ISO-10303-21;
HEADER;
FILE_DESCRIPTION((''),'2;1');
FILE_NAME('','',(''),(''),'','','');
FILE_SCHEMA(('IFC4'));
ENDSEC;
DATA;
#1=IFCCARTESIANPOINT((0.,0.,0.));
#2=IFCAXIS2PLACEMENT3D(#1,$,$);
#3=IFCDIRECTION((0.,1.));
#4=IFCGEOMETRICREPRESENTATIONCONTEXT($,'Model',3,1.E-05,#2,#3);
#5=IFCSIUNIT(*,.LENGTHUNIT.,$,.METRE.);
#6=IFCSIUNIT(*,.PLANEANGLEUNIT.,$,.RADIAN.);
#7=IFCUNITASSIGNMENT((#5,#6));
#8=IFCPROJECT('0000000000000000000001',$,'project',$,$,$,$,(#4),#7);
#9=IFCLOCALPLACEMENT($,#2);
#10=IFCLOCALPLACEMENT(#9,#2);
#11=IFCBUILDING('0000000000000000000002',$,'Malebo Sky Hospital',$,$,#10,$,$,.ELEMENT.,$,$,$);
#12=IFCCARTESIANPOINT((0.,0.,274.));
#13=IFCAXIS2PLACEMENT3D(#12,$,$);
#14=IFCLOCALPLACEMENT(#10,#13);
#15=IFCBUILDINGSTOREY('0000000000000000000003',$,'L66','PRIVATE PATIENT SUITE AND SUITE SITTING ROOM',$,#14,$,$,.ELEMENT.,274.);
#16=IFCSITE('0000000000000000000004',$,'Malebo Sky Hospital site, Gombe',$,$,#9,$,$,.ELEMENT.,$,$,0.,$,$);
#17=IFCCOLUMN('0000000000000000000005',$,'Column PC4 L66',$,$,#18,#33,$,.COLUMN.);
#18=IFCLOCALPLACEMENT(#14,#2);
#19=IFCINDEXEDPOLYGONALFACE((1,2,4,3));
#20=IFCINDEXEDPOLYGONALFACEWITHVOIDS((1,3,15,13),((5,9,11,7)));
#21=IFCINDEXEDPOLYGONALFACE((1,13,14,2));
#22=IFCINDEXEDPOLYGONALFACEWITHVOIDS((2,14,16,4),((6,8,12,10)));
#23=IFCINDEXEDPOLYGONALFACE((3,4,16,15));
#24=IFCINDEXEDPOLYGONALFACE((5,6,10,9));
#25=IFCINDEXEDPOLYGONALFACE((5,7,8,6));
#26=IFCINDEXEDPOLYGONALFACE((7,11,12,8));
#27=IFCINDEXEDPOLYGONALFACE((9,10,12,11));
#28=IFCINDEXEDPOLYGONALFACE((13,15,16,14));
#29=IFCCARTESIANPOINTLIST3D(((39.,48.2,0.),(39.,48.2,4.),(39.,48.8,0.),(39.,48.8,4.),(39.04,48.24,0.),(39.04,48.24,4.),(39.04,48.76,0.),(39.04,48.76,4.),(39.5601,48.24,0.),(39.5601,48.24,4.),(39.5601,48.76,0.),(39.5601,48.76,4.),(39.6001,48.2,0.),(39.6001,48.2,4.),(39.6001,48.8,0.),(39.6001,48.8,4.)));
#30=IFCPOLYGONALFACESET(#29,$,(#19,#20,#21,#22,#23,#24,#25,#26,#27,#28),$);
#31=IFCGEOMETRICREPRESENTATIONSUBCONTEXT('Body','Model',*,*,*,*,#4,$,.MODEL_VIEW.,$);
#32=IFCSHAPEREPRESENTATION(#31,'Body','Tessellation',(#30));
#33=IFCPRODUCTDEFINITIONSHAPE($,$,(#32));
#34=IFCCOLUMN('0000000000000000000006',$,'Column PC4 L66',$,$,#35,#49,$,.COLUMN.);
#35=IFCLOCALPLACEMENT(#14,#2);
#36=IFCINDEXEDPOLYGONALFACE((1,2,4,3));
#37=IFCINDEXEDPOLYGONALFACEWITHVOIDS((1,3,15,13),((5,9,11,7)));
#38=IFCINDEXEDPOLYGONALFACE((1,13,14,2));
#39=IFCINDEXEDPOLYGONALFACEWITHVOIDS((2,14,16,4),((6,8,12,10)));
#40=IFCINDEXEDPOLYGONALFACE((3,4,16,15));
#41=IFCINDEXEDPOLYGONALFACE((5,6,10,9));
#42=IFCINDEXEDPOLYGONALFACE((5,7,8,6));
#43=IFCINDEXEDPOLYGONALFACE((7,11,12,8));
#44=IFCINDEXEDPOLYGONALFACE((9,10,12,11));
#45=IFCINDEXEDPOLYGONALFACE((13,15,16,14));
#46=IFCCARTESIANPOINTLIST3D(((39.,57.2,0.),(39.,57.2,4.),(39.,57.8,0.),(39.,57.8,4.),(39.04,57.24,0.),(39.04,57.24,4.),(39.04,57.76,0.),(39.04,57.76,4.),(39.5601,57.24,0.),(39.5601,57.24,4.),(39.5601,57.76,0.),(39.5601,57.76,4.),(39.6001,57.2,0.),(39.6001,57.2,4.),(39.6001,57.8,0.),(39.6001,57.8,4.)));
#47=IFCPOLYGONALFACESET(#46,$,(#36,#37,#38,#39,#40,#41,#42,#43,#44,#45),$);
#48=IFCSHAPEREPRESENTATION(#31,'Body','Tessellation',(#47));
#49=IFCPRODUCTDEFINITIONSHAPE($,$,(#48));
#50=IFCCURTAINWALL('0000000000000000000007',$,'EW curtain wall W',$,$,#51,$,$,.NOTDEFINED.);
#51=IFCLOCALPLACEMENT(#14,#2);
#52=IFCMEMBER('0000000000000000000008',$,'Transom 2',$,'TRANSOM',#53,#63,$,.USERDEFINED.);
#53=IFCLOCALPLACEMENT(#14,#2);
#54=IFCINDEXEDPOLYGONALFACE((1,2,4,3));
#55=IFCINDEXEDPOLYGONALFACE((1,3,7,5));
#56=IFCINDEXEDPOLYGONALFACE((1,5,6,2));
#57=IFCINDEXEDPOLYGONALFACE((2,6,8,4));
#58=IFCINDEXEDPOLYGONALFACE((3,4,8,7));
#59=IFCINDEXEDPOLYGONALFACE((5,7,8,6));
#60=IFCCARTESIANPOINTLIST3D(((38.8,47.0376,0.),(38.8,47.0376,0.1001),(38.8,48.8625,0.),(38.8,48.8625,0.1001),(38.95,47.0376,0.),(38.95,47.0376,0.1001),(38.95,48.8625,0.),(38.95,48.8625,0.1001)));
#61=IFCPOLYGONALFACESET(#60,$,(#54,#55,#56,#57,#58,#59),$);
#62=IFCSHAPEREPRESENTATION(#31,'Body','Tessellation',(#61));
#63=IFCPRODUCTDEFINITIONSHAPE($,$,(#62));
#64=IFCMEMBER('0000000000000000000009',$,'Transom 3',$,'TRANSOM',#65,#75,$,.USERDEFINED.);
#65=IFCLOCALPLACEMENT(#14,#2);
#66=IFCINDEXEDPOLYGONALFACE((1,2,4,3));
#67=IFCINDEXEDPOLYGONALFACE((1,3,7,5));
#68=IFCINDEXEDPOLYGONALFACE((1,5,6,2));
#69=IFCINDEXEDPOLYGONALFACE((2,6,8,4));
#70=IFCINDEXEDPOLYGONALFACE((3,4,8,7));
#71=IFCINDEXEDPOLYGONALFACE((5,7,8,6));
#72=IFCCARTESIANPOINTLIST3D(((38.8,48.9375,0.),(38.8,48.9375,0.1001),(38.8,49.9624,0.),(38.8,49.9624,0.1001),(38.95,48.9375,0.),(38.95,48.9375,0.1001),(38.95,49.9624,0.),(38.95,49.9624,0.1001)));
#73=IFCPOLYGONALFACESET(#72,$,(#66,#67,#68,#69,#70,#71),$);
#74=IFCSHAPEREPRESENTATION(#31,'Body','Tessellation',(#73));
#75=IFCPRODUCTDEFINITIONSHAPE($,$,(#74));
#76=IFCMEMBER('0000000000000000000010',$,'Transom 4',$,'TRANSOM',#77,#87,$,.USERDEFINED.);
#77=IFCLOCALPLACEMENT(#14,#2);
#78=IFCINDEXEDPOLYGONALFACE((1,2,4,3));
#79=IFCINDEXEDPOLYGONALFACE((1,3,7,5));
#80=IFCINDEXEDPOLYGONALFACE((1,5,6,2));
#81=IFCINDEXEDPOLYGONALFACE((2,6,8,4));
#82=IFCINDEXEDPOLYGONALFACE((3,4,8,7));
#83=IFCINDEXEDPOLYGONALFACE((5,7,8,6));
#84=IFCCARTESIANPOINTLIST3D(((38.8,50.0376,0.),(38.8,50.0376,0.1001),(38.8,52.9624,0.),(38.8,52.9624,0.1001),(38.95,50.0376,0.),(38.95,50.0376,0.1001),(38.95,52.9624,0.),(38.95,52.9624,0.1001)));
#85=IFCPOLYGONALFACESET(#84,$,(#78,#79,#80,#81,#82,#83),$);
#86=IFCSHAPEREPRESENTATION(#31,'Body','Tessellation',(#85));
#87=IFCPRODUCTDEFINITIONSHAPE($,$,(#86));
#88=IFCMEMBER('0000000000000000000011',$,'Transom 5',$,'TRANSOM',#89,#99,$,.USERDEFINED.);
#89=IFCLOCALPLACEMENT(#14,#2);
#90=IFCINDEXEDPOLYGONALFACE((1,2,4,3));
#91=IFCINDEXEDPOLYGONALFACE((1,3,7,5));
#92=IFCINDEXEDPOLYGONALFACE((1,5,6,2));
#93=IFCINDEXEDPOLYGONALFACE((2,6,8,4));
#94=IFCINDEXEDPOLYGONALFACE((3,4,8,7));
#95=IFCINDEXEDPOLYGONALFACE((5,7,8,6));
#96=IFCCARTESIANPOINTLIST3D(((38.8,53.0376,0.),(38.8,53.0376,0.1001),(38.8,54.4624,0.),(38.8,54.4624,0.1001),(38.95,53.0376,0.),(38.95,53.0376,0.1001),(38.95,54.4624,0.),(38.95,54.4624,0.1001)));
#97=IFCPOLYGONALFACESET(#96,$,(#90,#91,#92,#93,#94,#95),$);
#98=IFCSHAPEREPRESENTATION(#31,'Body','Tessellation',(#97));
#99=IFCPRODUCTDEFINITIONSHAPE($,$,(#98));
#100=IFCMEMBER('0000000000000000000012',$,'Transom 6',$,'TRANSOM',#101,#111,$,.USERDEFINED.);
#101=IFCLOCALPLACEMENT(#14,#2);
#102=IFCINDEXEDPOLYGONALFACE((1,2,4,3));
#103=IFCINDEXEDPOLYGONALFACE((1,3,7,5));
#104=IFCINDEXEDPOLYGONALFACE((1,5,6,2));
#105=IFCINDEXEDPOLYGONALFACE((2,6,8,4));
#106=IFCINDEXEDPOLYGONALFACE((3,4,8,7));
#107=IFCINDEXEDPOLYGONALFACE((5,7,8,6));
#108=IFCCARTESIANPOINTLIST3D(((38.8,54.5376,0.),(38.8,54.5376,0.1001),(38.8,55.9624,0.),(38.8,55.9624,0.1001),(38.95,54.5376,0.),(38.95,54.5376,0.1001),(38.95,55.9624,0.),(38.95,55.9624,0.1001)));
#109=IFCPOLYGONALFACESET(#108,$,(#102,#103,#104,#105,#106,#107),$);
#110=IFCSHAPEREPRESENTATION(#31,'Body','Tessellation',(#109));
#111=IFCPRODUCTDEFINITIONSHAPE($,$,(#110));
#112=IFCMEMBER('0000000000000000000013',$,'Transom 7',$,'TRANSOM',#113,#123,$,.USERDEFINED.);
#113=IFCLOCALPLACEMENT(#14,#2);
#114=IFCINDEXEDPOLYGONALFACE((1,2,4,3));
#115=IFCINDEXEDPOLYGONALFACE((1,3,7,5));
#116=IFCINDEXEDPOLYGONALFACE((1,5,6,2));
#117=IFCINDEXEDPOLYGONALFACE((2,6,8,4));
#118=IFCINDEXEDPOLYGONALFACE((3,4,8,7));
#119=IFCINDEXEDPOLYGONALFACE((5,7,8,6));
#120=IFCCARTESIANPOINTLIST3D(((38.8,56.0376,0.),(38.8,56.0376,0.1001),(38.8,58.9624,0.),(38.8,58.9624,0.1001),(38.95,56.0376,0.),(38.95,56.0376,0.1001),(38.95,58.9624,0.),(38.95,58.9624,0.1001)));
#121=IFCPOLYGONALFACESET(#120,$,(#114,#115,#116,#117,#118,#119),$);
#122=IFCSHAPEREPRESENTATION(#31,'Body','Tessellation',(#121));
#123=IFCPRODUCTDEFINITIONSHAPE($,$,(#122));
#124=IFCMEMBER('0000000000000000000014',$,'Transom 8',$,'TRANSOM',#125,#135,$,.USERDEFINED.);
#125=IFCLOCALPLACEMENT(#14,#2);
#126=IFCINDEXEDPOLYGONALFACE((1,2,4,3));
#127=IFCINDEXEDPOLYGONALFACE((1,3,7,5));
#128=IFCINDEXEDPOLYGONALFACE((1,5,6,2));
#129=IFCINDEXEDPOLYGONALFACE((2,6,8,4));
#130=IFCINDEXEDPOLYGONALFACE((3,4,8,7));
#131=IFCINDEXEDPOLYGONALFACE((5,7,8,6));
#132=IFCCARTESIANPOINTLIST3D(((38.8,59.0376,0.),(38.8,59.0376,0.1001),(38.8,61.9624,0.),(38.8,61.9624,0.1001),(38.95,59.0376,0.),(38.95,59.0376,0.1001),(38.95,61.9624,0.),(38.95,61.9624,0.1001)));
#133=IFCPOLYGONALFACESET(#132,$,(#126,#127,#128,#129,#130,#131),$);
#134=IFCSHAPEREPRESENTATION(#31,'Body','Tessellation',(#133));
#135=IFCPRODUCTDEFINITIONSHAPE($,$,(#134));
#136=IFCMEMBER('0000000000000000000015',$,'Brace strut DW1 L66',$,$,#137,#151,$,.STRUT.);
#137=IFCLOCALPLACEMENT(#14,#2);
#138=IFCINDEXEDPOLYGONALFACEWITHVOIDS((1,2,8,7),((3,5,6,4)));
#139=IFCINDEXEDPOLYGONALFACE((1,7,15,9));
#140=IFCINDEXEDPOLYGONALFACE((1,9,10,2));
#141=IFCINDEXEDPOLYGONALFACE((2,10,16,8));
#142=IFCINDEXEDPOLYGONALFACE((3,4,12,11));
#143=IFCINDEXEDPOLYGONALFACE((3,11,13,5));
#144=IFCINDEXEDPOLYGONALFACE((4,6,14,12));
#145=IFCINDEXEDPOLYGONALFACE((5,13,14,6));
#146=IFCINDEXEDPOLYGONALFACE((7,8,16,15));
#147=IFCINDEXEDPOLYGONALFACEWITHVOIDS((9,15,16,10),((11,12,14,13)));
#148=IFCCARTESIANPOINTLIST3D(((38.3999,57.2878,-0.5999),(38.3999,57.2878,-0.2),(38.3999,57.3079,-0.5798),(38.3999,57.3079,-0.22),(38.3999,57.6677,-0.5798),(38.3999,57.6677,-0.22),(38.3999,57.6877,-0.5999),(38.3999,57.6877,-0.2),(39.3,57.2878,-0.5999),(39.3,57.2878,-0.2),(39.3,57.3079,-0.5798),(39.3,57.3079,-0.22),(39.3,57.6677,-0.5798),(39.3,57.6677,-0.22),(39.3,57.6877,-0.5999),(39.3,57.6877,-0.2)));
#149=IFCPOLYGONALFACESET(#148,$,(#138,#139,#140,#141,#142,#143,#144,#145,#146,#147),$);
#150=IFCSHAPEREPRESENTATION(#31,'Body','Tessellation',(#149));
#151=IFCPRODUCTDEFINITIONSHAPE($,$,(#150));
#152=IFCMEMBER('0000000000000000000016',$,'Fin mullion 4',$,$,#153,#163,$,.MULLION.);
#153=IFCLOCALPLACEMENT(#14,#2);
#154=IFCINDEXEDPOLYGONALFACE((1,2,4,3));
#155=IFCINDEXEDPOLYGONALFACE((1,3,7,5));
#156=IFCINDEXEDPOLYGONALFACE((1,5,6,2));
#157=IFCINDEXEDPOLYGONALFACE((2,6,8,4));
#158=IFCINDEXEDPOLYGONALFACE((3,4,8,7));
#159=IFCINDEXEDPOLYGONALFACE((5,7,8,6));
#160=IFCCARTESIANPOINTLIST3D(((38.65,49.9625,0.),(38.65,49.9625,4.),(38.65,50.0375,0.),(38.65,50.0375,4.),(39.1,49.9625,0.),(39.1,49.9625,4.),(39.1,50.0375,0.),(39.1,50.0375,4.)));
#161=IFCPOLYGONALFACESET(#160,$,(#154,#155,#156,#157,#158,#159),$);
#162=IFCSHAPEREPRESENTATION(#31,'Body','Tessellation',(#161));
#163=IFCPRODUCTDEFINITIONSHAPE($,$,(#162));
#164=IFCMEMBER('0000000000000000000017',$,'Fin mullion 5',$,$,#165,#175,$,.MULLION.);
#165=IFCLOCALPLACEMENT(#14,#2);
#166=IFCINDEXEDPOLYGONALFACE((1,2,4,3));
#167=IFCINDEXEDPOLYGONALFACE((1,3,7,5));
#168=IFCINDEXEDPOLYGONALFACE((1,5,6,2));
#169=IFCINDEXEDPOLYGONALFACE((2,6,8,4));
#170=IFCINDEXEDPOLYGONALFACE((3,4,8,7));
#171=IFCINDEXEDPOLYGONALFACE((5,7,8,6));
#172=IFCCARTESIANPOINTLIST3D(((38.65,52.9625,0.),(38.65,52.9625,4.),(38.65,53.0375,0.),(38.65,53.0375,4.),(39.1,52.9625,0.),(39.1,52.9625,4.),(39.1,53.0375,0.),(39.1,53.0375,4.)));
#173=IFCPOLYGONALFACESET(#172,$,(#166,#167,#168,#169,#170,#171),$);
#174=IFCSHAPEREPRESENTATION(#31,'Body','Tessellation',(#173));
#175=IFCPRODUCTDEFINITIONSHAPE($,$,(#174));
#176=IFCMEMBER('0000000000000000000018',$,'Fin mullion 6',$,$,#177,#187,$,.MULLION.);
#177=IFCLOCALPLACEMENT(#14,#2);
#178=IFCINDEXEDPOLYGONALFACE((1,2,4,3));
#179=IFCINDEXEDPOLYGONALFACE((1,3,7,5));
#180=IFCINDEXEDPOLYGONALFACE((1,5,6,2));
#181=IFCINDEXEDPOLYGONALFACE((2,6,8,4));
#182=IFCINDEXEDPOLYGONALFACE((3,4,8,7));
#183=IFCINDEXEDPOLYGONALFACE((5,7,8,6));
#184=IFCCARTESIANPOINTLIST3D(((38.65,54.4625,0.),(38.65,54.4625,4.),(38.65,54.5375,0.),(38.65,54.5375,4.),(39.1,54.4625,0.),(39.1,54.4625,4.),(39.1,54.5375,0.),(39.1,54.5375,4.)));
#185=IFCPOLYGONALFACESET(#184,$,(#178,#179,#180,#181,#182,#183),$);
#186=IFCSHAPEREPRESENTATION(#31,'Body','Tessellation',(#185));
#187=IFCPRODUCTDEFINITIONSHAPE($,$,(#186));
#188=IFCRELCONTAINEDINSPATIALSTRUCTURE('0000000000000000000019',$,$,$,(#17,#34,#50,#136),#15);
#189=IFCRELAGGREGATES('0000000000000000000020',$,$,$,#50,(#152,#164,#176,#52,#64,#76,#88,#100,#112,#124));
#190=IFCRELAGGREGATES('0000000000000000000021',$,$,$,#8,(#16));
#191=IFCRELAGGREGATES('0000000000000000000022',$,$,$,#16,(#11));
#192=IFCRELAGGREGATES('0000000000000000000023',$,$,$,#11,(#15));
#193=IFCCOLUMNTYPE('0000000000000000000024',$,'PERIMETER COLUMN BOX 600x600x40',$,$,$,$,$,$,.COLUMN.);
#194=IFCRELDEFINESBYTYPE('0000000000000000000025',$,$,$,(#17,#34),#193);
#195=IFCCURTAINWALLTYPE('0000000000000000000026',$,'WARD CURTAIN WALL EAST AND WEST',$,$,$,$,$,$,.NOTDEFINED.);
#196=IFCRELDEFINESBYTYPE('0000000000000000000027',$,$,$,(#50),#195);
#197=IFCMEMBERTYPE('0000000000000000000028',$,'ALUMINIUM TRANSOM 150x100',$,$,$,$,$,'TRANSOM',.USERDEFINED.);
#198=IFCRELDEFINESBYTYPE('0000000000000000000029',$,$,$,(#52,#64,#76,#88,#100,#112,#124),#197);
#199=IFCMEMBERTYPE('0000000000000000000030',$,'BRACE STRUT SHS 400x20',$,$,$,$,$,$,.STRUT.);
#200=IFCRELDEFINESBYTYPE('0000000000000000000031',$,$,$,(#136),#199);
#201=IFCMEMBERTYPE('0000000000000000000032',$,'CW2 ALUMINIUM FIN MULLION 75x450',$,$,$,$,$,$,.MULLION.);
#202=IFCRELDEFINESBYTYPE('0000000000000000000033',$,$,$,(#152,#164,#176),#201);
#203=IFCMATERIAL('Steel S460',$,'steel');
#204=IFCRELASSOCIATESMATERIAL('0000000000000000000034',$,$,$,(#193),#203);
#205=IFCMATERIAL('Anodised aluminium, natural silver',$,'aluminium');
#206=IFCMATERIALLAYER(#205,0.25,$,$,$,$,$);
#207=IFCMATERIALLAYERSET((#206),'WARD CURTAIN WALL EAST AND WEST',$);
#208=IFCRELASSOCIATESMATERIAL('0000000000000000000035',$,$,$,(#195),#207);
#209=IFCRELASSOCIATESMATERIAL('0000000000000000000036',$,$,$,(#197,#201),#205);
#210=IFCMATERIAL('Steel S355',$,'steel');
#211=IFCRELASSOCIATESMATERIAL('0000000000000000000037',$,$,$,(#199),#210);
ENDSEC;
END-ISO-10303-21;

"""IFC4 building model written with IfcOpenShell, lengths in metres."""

from ifc_helpers import new_model, si_unit, direction, frame, origin, origin_2d, place, context, subcontext, project, spatial, rectangle, hollow_rectangle, extrude, material, layer, layer_set, material_profile, profile_set, type_object, element, aggregate, save


model = new_model("IFC4")

# Units and contexts
model_context = context("Model", 3, precision=1e-05, world=origin(), true_north=direction((0.0, 1.0)))
body_context = subcontext(model_context, "Body", "Model", "MODEL_VIEW")
ifc_project = project(units=[si_unit("LENGTHUNIT", "METRE"), si_unit("PLANEANGLEUNIT", "RADIAN")], contexts=[model_context])

# Site, building, storey
site_placement = place(None, origin())
site = spatial("IfcSite", under=ifc_project, at=site_placement, Name="Malebo Sky Hospital site, Gombe", CompositionType="ELEMENT", RefElevation=0.0)
building_placement = place(site_placement, origin())
building = spatial("IfcBuilding", under=site, at=building_placement, Name="Malebo Sky Hospital", CompositionType="ELEMENT")
storey_placement = place(building_placement, frame((0.0, 0.0, 274.0)))
storey = spatial("IfcBuildingStorey", under=building, at=storey_placement, Name="L66", Description="PRIVATE PATIENT SUITE AND SUITE SITTING ROOM", CompositionType="ELEMENT", Elevation=274.0)

# Columns
ifc_material_1 = material(Name="Steel S460", Category="steel")
ifc_material_profile_1 = material_profile(ifc_material_1, hollow_rectangle(XDim=0.6001, YDim=0.6001, WallThickness=0.04, at=origin_2d()), Name="BOX 600x600x40")
ifc_profile_set_1 = profile_set([ifc_material_profile_1], Name="Steel S460")
column_type = type_object("IfcColumnType", Name="PERIMETER COLUMN BOX 600x600x40", PredefinedType="COLUMN", material=ifc_profile_set_1)
for number, where, z_axis, x_axis, name in (
    (1, (39.3, 48.5, 0.0), (0.0, 0.0, 1.0), (1.0, 0.0, 0.0), "Column PC4 L66"),
    (2, (39.3, 57.5, 0.0), (0.0, 0.0, 1.0), (1.0, 0.0, 0.0), "Column PC4 L66"),
):
    element("IfcColumn", number, at=place(storey_placement, frame(where, z_axis=z_axis, x_axis=x_axis)), inside=storey, type_object=column_type, Name=name, PredefinedType="COLUMN", context=body_context, shape_type="SweptSolid", body=[
        extrude(hollow_rectangle(XDim=0.6001, YDim=0.6001, WallThickness=0.04, at=origin_2d()), origin(), (0.0, 0.0, 1.0), 4.0),
    ])

# Curtain wall, members
ifc_material_2 = material(Name="Anodised aluminium, natural silver", Category="aluminium")
ifc_layer_1 = layer(ifc_material_2, 0.25)
ifc_layer_set_1 = layer_set([ifc_layer_1], Name="WARD CURTAIN WALL EAST AND WEST")
curtain_wall_type = type_object("IfcCurtainWallType", Name="WARD CURTAIN WALL EAST AND WEST", PredefinedType="NOTDEFINED", material=ifc_layer_set_1)
curtain_wall_placement = place(storey_placement, origin())
curtain_wall = element("IfcCurtainWall", 3, at=curtain_wall_placement, inside=storey, type_object=curtain_wall_type, Name="EW curtain wall W", PredefinedType="NOTDEFINED")
ifc_material_profile_2 = material_profile(ifc_material_2, rectangle(XDim=0.1499, YDim=0.1001, at=origin_2d()), Name="ALUMINIUM TRANSOM 150x100")
ifc_profile_set_2 = profile_set([ifc_material_profile_2], Name="Anodised aluminium, natural silver")
member_type_1 = type_object("IfcMemberType", Name="ALUMINIUM TRANSOM 150x100", ElementType="TRANSOM", PredefinedType="USERDEFINED", material=ifc_profile_set_2)
member_1_placement = place(storey_placement, frame((38.875, 47.0376, 0.05), z_axis=(0.0, 1.0, 0.0), x_axis=(-1.0, 0.0, 0.0)))
member_1 = element("IfcMember", 4, at=member_1_placement, type_object=member_type_1, Name="Transom 2", ObjectType="TRANSOM", PredefinedType="USERDEFINED", context=body_context, shape_type="SweptSolid", body=[
    extrude(rectangle(XDim=0.1499, YDim=0.1001, at=origin_2d()), origin(), (0.0, 0.0, 1.0), 1.825),
])
member_2_placement = place(storey_placement, frame((38.875, 48.9375, 0.05), z_axis=(0.0, 1.0, 0.0), x_axis=(-1.0, 0.0, 0.0)))
member_2 = element("IfcMember", 5, at=member_2_placement, type_object=member_type_1, Name="Transom 3", ObjectType="TRANSOM", PredefinedType="USERDEFINED", context=body_context, shape_type="SweptSolid", body=[
    extrude(rectangle(XDim=0.1499, YDim=0.1001, at=origin_2d()), origin(), (0.0, 0.0, 1.0), 1.0249),
])
member_3_placement = place(storey_placement, frame((38.875, 50.0376, 0.05), z_axis=(0.0, 1.0, 0.0), x_axis=(-1.0, 0.0, 0.0)))
member_3 = element("IfcMember", 6, at=member_3_placement, type_object=member_type_1, Name="Transom 4", ObjectType="TRANSOM", PredefinedType="USERDEFINED", context=body_context, shape_type="SweptSolid", body=[
    extrude(rectangle(XDim=0.1499, YDim=0.1001, at=origin_2d()), origin(), (0.0, 0.0, 1.0), 2.9248),
])
member_4_placement = place(storey_placement, frame((38.875, 53.0376, 0.05), z_axis=(0.0, 1.0, 0.0), x_axis=(-1.0, 0.0, 0.0)))
member_4 = element("IfcMember", 7, at=member_4_placement, type_object=member_type_1, Name="Transom 5", ObjectType="TRANSOM", PredefinedType="USERDEFINED", context=body_context, shape_type="SweptSolid", body=[
    extrude(rectangle(XDim=0.1499, YDim=0.1001, at=origin_2d()), origin(), (0.0, 0.0, 1.0), 1.4248),
])
member_5_placement = place(storey_placement, frame((38.875, 54.5376, 0.05), z_axis=(0.0, 1.0, 0.0), x_axis=(-1.0, 0.0, 0.0)))
member_5 = element("IfcMember", 8, at=member_5_placement, type_object=member_type_1, Name="Transom 6", ObjectType="TRANSOM", PredefinedType="USERDEFINED", context=body_context, shape_type="SweptSolid", body=[
    extrude(rectangle(XDim=0.1499, YDim=0.1001, at=origin_2d()), origin(), (0.0, 0.0, 1.0), 1.4248),
])
member_6_placement = place(storey_placement, frame((38.875, 56.0376, 0.05), z_axis=(0.0, 1.0, 0.0), x_axis=(-1.0, 0.0, 0.0)))
member_6 = element("IfcMember", 9, at=member_6_placement, type_object=member_type_1, Name="Transom 7", ObjectType="TRANSOM", PredefinedType="USERDEFINED", context=body_context, shape_type="SweptSolid", body=[
    extrude(rectangle(XDim=0.1499, YDim=0.1001, at=origin_2d()), origin(), (0.0, 0.0, 1.0), 2.9248),
])
member_7_placement = place(storey_placement, frame((38.875, 59.0376, 0.05), z_axis=(0.0, 1.0, 0.0), x_axis=(-1.0, 0.0, 0.0)))
member_7 = element("IfcMember", 10, at=member_7_placement, type_object=member_type_1, Name="Transom 8", ObjectType="TRANSOM", PredefinedType="USERDEFINED", context=body_context, shape_type="SweptSolid", body=[
    extrude(rectangle(XDim=0.1499, YDim=0.1001, at=origin_2d()), origin(), (0.0, 0.0, 1.0), 2.9248),
])

# Members
ifc_material_3 = material(Name="Steel S355", Category="steel")
ifc_material_profile_3 = material_profile(ifc_material_3, hollow_rectangle(XDim=0.3999, YDim=0.3999, WallThickness=0.02, at=origin_2d()), Name="SHS 400x20")
ifc_profile_set_3 = profile_set([ifc_material_profile_3], Name="Steel S355")
member_type_2 = type_object("IfcMemberType", Name="BRACE STRUT SHS 400x20", PredefinedType="STRUT", material=ifc_profile_set_3)
member_8_placement = place(storey_placement, frame((38.3999, 57.4878, -0.3999), z_axis=(1.0, 0.0, 0.0), x_axis=(0.0, 1.0, 0.0)))
element("IfcMember", 11, at=member_8_placement, inside=storey, type_object=member_type_2, Name="Brace strut DW1 L66", PredefinedType="STRUT", context=body_context, shape_type="SweptSolid", body=[
    extrude(hollow_rectangle(XDim=0.3999, YDim=0.3999, WallThickness=0.02, at=origin_2d()), origin(), (0.0, 0.0, 1.0), 0.9001),
])
ifc_material_profile_4 = material_profile(ifc_material_2, rectangle(XDim=0.075, YDim=0.45, at=origin_2d()), Name="CW2 ALUMINIUM FIN MULLION 75x450")
ifc_profile_set_4 = profile_set([ifc_material_profile_4], Name="Anodised aluminium, natural silver")
member_type_3 = type_object("IfcMemberType", Name="CW2 ALUMINIUM FIN MULLION 75x450", PredefinedType="MULLION", material=ifc_profile_set_4)
member_9_placement = place(storey_placement, frame((38.875, 50.0, 0.0), z_axis=(0.0, 0.0, 1.0), x_axis=(0.0, 1.0, 0.0)))
member_9 = element("IfcMember", 12, at=member_9_placement, type_object=member_type_3, Name="Fin mullion 4", PredefinedType="MULLION", context=body_context, shape_type="SweptSolid", body=[
    extrude(rectangle(XDim=0.075, YDim=0.45, at=origin_2d()), origin(), (0.0, 0.0, 1.0), 4.0),
])
member_10_placement = place(storey_placement, frame((38.875, 53.0, 0.0), z_axis=(0.0, 0.0, 1.0), x_axis=(0.0, 1.0, 0.0)))
member_10 = element("IfcMember", 13, at=member_10_placement, type_object=member_type_3, Name="Fin mullion 5", PredefinedType="MULLION", context=body_context, shape_type="SweptSolid", body=[
    extrude(rectangle(XDim=0.075, YDim=0.45, at=origin_2d()), origin(), (0.0, 0.0, 1.0), 4.0),
])
member_11_placement = place(storey_placement, frame((38.875, 54.5, 0.0), z_axis=(0.0, 0.0, 1.0), x_axis=(0.0, 1.0, 0.0)))
member_11 = element("IfcMember", 14, at=member_11_placement, type_object=member_type_3, Name="Fin mullion 6", PredefinedType="MULLION", context=body_context, shape_type="SweptSolid", body=[
    extrude(rectangle(XDim=0.075, YDim=0.45, at=origin_2d()), origin(), (0.0, 0.0, 1.0), 4.0),
])

aggregate(curtain_wall, [member_9, member_10, member_11, member_1, member_2, member_3, member_4, member_5, member_6, member_7])

save(model, "model.ifc")
